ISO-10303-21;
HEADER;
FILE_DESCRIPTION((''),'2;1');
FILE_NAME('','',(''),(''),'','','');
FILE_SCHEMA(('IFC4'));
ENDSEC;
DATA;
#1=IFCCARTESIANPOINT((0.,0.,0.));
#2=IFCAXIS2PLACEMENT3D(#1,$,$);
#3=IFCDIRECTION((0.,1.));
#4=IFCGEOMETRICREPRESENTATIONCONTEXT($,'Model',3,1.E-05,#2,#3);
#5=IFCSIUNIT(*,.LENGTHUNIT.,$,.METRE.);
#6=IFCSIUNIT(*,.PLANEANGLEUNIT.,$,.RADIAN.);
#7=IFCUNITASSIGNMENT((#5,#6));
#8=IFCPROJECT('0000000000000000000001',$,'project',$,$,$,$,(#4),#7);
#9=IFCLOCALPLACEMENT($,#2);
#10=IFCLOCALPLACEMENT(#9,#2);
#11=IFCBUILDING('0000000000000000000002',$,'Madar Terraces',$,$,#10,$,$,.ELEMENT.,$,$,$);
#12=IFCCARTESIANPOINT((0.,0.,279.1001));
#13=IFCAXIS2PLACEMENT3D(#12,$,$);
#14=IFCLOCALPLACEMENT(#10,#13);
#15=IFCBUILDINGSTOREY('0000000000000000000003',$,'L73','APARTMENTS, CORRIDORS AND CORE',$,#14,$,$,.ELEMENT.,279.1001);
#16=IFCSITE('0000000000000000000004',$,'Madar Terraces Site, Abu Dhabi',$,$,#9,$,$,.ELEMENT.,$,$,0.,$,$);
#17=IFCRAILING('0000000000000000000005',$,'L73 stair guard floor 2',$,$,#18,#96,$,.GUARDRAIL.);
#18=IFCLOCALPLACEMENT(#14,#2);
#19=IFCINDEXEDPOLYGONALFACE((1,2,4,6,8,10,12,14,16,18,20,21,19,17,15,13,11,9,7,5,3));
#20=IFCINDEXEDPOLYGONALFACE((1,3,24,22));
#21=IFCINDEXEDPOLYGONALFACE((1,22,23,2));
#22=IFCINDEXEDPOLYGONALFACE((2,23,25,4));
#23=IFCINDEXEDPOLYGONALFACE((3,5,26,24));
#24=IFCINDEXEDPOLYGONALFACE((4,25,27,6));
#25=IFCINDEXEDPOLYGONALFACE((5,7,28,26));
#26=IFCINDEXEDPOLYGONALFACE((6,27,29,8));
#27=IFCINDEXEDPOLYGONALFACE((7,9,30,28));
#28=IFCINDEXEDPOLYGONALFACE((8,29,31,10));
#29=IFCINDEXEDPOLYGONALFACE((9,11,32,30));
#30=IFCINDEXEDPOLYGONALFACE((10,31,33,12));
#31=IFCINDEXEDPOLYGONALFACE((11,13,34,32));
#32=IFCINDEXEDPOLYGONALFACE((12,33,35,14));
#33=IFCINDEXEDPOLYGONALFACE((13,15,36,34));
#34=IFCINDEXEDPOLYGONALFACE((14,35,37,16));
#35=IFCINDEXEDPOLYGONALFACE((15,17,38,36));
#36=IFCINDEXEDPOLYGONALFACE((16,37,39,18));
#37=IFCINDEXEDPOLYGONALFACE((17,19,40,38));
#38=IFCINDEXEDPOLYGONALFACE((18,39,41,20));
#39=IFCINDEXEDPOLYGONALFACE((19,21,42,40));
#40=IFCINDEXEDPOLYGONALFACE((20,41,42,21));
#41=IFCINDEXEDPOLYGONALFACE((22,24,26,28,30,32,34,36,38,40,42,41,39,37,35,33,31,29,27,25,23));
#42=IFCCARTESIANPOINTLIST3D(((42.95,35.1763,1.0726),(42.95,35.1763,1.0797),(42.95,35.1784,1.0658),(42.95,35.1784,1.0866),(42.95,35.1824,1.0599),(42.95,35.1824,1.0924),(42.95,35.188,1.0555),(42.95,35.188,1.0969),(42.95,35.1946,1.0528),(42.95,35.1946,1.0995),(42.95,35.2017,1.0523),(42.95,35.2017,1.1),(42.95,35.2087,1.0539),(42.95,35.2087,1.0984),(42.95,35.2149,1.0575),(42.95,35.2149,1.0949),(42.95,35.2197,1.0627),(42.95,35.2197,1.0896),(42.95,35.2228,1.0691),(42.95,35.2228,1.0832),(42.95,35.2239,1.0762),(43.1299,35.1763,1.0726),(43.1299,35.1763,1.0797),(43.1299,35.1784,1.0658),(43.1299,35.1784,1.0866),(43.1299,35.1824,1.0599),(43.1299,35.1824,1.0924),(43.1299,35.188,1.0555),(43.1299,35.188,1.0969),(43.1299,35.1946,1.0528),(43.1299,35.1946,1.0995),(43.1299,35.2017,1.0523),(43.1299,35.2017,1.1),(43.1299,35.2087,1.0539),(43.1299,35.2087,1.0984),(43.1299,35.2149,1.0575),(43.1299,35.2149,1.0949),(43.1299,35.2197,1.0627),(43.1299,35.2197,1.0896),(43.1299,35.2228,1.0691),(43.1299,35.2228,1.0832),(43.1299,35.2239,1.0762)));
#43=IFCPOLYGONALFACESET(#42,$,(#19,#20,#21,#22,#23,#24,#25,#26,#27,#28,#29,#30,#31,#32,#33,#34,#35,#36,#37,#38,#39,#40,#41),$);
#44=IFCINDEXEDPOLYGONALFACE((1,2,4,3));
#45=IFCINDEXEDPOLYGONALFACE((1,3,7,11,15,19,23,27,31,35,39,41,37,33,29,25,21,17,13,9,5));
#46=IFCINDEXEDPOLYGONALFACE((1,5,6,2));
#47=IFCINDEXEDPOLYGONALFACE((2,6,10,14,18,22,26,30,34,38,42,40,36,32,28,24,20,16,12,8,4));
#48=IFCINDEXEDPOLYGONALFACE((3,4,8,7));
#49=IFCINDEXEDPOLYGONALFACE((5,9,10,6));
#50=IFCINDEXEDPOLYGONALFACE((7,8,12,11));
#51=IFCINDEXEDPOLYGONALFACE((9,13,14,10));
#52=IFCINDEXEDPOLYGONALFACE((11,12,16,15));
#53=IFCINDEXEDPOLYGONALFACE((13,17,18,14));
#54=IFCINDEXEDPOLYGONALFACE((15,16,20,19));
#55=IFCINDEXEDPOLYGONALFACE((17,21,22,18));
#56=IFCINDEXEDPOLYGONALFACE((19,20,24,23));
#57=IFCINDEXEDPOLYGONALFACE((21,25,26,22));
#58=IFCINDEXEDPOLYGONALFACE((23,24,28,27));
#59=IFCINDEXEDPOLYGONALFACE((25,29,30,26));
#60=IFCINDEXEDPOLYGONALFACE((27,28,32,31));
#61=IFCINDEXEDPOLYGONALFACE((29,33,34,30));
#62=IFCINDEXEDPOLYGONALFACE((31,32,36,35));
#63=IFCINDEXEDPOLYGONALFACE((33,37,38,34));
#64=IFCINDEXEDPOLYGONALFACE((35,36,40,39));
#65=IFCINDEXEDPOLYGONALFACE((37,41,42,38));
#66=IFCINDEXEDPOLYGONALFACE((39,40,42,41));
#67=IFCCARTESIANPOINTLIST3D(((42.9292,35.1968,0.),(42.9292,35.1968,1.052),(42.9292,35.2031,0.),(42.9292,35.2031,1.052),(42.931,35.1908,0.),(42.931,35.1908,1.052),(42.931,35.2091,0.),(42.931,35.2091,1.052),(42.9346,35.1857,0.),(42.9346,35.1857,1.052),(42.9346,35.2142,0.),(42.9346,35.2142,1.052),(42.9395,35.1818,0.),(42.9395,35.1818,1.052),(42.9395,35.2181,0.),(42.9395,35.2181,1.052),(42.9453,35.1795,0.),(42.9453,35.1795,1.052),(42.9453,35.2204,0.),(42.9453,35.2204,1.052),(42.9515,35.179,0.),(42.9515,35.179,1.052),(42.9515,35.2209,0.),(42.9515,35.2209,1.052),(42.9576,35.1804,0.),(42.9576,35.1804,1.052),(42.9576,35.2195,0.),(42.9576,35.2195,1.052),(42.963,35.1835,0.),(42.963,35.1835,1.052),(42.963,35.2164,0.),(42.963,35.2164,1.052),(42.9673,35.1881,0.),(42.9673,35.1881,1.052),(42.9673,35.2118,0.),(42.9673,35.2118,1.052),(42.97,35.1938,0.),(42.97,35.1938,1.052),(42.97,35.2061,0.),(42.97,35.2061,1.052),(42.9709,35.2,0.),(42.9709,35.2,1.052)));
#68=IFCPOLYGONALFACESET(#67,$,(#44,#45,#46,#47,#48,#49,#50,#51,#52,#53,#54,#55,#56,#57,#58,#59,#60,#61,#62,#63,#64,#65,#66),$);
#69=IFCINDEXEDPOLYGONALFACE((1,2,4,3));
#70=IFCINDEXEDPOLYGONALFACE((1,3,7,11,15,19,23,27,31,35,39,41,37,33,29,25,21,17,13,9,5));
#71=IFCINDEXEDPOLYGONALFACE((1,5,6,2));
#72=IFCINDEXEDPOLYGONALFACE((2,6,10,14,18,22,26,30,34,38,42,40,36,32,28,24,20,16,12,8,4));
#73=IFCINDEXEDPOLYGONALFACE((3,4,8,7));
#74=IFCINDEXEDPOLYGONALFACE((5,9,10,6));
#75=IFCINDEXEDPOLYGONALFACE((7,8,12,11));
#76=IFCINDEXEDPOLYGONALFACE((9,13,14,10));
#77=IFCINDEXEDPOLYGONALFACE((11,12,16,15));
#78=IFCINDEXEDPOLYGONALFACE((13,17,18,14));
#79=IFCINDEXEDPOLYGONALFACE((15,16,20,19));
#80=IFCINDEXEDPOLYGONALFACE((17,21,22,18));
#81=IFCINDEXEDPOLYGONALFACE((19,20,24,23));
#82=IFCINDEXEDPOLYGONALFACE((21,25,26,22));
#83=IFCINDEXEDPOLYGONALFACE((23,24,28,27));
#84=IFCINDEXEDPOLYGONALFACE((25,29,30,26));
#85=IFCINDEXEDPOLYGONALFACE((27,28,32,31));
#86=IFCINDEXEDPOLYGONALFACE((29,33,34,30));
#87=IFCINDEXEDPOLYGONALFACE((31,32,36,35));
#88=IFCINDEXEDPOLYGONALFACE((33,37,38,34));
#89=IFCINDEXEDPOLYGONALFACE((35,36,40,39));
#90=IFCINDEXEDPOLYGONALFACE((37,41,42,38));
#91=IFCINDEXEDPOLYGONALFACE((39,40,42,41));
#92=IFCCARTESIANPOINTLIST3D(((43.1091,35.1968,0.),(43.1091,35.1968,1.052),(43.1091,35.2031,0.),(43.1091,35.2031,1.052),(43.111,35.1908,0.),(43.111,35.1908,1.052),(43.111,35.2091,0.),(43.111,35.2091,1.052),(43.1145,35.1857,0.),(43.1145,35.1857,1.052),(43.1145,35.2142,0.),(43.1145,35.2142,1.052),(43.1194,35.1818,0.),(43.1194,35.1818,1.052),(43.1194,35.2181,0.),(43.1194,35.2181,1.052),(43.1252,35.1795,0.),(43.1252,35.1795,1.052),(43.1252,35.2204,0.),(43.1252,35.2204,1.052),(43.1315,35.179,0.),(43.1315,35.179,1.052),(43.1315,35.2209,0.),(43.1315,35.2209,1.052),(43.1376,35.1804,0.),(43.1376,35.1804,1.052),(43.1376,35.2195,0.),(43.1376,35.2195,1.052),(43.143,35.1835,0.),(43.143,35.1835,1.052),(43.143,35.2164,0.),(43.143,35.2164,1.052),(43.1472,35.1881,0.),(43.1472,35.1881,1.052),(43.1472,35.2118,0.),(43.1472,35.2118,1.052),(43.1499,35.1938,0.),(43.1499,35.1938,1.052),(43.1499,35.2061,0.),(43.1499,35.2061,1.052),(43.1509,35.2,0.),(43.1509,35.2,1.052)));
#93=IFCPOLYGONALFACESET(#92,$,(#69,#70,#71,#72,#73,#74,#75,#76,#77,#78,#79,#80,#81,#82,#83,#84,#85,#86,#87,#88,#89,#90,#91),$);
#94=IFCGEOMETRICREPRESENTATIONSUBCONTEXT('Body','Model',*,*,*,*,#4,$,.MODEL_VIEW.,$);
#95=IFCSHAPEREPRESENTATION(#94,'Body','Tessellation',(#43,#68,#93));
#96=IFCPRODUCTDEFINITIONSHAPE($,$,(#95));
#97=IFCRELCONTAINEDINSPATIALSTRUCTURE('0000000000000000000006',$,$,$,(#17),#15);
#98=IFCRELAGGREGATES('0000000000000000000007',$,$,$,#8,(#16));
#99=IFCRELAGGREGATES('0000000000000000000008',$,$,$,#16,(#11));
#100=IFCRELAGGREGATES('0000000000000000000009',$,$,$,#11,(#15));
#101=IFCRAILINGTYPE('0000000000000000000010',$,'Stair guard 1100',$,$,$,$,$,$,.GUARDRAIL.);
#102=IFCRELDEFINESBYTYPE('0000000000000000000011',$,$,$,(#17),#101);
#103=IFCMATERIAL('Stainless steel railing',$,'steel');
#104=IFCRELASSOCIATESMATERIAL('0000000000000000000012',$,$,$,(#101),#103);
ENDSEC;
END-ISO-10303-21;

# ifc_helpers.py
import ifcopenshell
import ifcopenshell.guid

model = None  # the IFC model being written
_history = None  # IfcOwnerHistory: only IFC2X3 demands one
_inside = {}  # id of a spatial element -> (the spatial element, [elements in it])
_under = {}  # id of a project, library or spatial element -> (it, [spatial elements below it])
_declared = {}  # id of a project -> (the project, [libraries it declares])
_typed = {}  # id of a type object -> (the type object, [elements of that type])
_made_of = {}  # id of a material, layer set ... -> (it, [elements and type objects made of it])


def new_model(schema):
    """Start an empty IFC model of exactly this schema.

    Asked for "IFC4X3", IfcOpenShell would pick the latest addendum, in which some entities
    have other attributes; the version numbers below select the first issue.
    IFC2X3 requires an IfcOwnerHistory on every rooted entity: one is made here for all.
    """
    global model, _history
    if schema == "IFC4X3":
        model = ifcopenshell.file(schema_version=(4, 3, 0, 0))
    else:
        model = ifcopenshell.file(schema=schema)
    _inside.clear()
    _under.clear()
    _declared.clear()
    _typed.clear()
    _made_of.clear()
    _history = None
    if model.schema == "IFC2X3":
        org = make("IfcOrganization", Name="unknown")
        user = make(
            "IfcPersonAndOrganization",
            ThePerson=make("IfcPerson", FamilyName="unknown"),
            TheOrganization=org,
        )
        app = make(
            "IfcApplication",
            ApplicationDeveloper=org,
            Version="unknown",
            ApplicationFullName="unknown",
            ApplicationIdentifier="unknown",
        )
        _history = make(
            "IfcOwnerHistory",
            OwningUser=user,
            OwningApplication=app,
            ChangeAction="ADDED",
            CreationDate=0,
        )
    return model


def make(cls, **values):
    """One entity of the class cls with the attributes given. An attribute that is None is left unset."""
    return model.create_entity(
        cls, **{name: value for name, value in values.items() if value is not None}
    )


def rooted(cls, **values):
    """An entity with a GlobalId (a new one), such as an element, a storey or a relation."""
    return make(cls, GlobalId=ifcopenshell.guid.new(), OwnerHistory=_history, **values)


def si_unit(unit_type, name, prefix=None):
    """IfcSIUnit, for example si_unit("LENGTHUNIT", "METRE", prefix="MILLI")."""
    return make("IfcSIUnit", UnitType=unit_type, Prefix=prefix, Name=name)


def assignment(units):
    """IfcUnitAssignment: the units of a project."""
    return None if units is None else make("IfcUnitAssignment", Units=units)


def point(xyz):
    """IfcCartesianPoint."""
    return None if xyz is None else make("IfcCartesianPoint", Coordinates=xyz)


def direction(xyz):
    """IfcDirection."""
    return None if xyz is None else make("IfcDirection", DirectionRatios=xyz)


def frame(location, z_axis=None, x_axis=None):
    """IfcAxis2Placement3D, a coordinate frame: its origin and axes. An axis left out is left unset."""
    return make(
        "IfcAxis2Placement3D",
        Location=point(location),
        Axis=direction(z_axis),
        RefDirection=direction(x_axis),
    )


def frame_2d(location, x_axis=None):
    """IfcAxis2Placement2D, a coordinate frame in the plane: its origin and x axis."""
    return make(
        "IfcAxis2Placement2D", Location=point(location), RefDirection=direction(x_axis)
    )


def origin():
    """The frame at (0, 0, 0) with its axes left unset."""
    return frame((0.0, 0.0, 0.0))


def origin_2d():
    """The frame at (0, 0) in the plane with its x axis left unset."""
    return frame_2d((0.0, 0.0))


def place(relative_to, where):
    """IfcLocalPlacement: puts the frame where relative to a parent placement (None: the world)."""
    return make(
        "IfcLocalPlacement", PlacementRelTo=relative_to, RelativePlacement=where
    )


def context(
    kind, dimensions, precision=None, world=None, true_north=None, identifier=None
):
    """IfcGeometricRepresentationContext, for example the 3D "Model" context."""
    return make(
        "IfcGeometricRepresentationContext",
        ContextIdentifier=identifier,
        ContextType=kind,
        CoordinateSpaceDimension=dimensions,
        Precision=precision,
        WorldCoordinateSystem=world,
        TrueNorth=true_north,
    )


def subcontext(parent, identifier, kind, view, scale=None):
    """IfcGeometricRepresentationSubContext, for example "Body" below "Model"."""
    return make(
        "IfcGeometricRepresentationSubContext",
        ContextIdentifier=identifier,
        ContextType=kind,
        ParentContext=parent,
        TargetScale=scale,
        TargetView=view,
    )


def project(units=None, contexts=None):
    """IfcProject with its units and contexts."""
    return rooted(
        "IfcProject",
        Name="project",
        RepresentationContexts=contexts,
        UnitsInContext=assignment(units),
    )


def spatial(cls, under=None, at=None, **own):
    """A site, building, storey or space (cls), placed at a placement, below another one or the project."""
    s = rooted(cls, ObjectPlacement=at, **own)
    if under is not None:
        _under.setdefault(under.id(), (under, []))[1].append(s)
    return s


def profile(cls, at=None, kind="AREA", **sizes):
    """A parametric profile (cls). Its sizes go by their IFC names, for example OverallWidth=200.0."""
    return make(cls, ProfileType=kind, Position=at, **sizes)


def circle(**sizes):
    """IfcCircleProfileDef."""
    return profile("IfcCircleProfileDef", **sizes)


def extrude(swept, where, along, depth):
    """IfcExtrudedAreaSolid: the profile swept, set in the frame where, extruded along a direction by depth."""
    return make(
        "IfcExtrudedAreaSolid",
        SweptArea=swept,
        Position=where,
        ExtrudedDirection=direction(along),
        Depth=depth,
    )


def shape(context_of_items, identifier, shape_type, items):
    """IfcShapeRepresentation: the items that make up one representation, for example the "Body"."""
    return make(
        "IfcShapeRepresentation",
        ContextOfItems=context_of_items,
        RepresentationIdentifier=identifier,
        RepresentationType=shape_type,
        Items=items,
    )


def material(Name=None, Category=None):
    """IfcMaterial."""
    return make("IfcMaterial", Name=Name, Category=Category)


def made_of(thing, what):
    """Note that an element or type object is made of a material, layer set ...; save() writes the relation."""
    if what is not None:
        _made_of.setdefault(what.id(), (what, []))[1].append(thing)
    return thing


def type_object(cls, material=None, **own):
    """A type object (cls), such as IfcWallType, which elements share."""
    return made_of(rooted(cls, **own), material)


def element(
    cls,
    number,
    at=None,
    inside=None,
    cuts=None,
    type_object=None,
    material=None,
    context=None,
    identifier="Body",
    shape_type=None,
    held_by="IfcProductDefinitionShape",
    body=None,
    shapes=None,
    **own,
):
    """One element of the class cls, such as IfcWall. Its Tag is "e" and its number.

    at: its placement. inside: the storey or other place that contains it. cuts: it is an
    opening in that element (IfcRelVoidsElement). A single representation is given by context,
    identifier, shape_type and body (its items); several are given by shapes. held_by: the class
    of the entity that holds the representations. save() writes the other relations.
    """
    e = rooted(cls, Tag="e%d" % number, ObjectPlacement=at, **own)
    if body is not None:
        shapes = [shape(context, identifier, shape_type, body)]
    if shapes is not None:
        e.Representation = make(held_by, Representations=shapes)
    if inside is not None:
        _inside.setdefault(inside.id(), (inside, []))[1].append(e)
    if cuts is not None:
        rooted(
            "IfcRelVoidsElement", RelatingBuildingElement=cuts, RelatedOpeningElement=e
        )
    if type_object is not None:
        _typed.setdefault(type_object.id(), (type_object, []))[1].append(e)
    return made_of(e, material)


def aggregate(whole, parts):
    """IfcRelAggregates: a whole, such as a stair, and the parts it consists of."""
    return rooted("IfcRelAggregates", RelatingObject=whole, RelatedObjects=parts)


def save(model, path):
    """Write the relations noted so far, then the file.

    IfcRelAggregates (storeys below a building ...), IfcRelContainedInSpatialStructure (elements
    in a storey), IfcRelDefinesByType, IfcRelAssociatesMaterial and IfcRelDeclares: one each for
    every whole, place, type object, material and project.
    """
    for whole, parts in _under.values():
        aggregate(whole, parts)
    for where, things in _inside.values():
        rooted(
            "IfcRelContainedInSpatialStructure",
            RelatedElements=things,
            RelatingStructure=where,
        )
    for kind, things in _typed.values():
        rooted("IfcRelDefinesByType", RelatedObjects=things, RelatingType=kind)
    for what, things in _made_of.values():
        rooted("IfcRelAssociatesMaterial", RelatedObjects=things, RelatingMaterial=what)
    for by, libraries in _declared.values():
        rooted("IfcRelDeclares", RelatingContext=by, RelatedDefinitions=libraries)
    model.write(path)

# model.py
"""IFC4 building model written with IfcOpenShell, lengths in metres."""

from ifc_helpers import new_model, si_unit, direction, frame, origin, origin_2d, place, context, subcontext, project, spatial, circle, extrude, material, type_object, element, save


model = new_model("IFC4")

# Units and contexts
model_context = context("Model", 3, precision=1e-05, world=origin(), true_north=direction((0.0, 1.0)))
body_context = subcontext(model_context, "Body", "Model", "MODEL_VIEW")
ifc_project = project(units=[si_unit("LENGTHUNIT", "METRE"), si_unit("PLANEANGLEUNIT", "RADIAN")], contexts=[model_context])

# Site, building, storey
site_placement = place(None, origin())
site = spatial("IfcSite", under=ifc_project, at=site_placement, Name="Madar Terraces Site, Abu Dhabi", CompositionType="ELEMENT", RefElevation=0.0)
building_placement = place(site_placement, origin())
building = spatial("IfcBuilding", under=site, at=building_placement, Name="Madar Terraces", CompositionType="ELEMENT")
storey_placement = place(building_placement, frame((0.0, 0.0, 279.1001)))
storey = spatial("IfcBuildingStorey", under=building, at=storey_placement, Name="L73", Description="APARTMENTS, CORRIDORS AND CORE", CompositionType="ELEMENT", Elevation=279.1001)

# Railing
ifc_material_1 = material(Name="Stainless steel railing", Category="steel")
railing_type_1 = type_object("IfcRailingType", Name="Stair guard 1100", PredefinedType="GUARDRAIL", material=ifc_material_1)
for number, where, name in (
    (1, (42.95, 35.2, 0.0), "L73 stair guard floor 2"),
):
    element("IfcRailing", number, at=place(storey_placement, frame(where)), inside=storey, type_object=railing_type_1, Name=name, PredefinedType="GUARDRAIL", context=body_context, shape_type="SweptSolid", body=[
        extrude(circle(Radius=0.0239, at=origin_2d()), frame((0.0, 0.0, 1.0762), z_axis=(1.0, 0.0, 0.0), x_axis=(0.0, 1.0, 0.0)), (0.0, 0.0, 1.0), 0.1799),
        extrude(circle(Radius=0.021, at=origin_2d()), origin(), (0.0, 0.0, 1.0), 1.052),
        extrude(circle(Radius=0.021, at=origin_2d()), frame((0.1799, 0.0, 0.0)), (0.0, 0.0, 1.0), 1.052),
    ])

save(model, "model.ifc")
